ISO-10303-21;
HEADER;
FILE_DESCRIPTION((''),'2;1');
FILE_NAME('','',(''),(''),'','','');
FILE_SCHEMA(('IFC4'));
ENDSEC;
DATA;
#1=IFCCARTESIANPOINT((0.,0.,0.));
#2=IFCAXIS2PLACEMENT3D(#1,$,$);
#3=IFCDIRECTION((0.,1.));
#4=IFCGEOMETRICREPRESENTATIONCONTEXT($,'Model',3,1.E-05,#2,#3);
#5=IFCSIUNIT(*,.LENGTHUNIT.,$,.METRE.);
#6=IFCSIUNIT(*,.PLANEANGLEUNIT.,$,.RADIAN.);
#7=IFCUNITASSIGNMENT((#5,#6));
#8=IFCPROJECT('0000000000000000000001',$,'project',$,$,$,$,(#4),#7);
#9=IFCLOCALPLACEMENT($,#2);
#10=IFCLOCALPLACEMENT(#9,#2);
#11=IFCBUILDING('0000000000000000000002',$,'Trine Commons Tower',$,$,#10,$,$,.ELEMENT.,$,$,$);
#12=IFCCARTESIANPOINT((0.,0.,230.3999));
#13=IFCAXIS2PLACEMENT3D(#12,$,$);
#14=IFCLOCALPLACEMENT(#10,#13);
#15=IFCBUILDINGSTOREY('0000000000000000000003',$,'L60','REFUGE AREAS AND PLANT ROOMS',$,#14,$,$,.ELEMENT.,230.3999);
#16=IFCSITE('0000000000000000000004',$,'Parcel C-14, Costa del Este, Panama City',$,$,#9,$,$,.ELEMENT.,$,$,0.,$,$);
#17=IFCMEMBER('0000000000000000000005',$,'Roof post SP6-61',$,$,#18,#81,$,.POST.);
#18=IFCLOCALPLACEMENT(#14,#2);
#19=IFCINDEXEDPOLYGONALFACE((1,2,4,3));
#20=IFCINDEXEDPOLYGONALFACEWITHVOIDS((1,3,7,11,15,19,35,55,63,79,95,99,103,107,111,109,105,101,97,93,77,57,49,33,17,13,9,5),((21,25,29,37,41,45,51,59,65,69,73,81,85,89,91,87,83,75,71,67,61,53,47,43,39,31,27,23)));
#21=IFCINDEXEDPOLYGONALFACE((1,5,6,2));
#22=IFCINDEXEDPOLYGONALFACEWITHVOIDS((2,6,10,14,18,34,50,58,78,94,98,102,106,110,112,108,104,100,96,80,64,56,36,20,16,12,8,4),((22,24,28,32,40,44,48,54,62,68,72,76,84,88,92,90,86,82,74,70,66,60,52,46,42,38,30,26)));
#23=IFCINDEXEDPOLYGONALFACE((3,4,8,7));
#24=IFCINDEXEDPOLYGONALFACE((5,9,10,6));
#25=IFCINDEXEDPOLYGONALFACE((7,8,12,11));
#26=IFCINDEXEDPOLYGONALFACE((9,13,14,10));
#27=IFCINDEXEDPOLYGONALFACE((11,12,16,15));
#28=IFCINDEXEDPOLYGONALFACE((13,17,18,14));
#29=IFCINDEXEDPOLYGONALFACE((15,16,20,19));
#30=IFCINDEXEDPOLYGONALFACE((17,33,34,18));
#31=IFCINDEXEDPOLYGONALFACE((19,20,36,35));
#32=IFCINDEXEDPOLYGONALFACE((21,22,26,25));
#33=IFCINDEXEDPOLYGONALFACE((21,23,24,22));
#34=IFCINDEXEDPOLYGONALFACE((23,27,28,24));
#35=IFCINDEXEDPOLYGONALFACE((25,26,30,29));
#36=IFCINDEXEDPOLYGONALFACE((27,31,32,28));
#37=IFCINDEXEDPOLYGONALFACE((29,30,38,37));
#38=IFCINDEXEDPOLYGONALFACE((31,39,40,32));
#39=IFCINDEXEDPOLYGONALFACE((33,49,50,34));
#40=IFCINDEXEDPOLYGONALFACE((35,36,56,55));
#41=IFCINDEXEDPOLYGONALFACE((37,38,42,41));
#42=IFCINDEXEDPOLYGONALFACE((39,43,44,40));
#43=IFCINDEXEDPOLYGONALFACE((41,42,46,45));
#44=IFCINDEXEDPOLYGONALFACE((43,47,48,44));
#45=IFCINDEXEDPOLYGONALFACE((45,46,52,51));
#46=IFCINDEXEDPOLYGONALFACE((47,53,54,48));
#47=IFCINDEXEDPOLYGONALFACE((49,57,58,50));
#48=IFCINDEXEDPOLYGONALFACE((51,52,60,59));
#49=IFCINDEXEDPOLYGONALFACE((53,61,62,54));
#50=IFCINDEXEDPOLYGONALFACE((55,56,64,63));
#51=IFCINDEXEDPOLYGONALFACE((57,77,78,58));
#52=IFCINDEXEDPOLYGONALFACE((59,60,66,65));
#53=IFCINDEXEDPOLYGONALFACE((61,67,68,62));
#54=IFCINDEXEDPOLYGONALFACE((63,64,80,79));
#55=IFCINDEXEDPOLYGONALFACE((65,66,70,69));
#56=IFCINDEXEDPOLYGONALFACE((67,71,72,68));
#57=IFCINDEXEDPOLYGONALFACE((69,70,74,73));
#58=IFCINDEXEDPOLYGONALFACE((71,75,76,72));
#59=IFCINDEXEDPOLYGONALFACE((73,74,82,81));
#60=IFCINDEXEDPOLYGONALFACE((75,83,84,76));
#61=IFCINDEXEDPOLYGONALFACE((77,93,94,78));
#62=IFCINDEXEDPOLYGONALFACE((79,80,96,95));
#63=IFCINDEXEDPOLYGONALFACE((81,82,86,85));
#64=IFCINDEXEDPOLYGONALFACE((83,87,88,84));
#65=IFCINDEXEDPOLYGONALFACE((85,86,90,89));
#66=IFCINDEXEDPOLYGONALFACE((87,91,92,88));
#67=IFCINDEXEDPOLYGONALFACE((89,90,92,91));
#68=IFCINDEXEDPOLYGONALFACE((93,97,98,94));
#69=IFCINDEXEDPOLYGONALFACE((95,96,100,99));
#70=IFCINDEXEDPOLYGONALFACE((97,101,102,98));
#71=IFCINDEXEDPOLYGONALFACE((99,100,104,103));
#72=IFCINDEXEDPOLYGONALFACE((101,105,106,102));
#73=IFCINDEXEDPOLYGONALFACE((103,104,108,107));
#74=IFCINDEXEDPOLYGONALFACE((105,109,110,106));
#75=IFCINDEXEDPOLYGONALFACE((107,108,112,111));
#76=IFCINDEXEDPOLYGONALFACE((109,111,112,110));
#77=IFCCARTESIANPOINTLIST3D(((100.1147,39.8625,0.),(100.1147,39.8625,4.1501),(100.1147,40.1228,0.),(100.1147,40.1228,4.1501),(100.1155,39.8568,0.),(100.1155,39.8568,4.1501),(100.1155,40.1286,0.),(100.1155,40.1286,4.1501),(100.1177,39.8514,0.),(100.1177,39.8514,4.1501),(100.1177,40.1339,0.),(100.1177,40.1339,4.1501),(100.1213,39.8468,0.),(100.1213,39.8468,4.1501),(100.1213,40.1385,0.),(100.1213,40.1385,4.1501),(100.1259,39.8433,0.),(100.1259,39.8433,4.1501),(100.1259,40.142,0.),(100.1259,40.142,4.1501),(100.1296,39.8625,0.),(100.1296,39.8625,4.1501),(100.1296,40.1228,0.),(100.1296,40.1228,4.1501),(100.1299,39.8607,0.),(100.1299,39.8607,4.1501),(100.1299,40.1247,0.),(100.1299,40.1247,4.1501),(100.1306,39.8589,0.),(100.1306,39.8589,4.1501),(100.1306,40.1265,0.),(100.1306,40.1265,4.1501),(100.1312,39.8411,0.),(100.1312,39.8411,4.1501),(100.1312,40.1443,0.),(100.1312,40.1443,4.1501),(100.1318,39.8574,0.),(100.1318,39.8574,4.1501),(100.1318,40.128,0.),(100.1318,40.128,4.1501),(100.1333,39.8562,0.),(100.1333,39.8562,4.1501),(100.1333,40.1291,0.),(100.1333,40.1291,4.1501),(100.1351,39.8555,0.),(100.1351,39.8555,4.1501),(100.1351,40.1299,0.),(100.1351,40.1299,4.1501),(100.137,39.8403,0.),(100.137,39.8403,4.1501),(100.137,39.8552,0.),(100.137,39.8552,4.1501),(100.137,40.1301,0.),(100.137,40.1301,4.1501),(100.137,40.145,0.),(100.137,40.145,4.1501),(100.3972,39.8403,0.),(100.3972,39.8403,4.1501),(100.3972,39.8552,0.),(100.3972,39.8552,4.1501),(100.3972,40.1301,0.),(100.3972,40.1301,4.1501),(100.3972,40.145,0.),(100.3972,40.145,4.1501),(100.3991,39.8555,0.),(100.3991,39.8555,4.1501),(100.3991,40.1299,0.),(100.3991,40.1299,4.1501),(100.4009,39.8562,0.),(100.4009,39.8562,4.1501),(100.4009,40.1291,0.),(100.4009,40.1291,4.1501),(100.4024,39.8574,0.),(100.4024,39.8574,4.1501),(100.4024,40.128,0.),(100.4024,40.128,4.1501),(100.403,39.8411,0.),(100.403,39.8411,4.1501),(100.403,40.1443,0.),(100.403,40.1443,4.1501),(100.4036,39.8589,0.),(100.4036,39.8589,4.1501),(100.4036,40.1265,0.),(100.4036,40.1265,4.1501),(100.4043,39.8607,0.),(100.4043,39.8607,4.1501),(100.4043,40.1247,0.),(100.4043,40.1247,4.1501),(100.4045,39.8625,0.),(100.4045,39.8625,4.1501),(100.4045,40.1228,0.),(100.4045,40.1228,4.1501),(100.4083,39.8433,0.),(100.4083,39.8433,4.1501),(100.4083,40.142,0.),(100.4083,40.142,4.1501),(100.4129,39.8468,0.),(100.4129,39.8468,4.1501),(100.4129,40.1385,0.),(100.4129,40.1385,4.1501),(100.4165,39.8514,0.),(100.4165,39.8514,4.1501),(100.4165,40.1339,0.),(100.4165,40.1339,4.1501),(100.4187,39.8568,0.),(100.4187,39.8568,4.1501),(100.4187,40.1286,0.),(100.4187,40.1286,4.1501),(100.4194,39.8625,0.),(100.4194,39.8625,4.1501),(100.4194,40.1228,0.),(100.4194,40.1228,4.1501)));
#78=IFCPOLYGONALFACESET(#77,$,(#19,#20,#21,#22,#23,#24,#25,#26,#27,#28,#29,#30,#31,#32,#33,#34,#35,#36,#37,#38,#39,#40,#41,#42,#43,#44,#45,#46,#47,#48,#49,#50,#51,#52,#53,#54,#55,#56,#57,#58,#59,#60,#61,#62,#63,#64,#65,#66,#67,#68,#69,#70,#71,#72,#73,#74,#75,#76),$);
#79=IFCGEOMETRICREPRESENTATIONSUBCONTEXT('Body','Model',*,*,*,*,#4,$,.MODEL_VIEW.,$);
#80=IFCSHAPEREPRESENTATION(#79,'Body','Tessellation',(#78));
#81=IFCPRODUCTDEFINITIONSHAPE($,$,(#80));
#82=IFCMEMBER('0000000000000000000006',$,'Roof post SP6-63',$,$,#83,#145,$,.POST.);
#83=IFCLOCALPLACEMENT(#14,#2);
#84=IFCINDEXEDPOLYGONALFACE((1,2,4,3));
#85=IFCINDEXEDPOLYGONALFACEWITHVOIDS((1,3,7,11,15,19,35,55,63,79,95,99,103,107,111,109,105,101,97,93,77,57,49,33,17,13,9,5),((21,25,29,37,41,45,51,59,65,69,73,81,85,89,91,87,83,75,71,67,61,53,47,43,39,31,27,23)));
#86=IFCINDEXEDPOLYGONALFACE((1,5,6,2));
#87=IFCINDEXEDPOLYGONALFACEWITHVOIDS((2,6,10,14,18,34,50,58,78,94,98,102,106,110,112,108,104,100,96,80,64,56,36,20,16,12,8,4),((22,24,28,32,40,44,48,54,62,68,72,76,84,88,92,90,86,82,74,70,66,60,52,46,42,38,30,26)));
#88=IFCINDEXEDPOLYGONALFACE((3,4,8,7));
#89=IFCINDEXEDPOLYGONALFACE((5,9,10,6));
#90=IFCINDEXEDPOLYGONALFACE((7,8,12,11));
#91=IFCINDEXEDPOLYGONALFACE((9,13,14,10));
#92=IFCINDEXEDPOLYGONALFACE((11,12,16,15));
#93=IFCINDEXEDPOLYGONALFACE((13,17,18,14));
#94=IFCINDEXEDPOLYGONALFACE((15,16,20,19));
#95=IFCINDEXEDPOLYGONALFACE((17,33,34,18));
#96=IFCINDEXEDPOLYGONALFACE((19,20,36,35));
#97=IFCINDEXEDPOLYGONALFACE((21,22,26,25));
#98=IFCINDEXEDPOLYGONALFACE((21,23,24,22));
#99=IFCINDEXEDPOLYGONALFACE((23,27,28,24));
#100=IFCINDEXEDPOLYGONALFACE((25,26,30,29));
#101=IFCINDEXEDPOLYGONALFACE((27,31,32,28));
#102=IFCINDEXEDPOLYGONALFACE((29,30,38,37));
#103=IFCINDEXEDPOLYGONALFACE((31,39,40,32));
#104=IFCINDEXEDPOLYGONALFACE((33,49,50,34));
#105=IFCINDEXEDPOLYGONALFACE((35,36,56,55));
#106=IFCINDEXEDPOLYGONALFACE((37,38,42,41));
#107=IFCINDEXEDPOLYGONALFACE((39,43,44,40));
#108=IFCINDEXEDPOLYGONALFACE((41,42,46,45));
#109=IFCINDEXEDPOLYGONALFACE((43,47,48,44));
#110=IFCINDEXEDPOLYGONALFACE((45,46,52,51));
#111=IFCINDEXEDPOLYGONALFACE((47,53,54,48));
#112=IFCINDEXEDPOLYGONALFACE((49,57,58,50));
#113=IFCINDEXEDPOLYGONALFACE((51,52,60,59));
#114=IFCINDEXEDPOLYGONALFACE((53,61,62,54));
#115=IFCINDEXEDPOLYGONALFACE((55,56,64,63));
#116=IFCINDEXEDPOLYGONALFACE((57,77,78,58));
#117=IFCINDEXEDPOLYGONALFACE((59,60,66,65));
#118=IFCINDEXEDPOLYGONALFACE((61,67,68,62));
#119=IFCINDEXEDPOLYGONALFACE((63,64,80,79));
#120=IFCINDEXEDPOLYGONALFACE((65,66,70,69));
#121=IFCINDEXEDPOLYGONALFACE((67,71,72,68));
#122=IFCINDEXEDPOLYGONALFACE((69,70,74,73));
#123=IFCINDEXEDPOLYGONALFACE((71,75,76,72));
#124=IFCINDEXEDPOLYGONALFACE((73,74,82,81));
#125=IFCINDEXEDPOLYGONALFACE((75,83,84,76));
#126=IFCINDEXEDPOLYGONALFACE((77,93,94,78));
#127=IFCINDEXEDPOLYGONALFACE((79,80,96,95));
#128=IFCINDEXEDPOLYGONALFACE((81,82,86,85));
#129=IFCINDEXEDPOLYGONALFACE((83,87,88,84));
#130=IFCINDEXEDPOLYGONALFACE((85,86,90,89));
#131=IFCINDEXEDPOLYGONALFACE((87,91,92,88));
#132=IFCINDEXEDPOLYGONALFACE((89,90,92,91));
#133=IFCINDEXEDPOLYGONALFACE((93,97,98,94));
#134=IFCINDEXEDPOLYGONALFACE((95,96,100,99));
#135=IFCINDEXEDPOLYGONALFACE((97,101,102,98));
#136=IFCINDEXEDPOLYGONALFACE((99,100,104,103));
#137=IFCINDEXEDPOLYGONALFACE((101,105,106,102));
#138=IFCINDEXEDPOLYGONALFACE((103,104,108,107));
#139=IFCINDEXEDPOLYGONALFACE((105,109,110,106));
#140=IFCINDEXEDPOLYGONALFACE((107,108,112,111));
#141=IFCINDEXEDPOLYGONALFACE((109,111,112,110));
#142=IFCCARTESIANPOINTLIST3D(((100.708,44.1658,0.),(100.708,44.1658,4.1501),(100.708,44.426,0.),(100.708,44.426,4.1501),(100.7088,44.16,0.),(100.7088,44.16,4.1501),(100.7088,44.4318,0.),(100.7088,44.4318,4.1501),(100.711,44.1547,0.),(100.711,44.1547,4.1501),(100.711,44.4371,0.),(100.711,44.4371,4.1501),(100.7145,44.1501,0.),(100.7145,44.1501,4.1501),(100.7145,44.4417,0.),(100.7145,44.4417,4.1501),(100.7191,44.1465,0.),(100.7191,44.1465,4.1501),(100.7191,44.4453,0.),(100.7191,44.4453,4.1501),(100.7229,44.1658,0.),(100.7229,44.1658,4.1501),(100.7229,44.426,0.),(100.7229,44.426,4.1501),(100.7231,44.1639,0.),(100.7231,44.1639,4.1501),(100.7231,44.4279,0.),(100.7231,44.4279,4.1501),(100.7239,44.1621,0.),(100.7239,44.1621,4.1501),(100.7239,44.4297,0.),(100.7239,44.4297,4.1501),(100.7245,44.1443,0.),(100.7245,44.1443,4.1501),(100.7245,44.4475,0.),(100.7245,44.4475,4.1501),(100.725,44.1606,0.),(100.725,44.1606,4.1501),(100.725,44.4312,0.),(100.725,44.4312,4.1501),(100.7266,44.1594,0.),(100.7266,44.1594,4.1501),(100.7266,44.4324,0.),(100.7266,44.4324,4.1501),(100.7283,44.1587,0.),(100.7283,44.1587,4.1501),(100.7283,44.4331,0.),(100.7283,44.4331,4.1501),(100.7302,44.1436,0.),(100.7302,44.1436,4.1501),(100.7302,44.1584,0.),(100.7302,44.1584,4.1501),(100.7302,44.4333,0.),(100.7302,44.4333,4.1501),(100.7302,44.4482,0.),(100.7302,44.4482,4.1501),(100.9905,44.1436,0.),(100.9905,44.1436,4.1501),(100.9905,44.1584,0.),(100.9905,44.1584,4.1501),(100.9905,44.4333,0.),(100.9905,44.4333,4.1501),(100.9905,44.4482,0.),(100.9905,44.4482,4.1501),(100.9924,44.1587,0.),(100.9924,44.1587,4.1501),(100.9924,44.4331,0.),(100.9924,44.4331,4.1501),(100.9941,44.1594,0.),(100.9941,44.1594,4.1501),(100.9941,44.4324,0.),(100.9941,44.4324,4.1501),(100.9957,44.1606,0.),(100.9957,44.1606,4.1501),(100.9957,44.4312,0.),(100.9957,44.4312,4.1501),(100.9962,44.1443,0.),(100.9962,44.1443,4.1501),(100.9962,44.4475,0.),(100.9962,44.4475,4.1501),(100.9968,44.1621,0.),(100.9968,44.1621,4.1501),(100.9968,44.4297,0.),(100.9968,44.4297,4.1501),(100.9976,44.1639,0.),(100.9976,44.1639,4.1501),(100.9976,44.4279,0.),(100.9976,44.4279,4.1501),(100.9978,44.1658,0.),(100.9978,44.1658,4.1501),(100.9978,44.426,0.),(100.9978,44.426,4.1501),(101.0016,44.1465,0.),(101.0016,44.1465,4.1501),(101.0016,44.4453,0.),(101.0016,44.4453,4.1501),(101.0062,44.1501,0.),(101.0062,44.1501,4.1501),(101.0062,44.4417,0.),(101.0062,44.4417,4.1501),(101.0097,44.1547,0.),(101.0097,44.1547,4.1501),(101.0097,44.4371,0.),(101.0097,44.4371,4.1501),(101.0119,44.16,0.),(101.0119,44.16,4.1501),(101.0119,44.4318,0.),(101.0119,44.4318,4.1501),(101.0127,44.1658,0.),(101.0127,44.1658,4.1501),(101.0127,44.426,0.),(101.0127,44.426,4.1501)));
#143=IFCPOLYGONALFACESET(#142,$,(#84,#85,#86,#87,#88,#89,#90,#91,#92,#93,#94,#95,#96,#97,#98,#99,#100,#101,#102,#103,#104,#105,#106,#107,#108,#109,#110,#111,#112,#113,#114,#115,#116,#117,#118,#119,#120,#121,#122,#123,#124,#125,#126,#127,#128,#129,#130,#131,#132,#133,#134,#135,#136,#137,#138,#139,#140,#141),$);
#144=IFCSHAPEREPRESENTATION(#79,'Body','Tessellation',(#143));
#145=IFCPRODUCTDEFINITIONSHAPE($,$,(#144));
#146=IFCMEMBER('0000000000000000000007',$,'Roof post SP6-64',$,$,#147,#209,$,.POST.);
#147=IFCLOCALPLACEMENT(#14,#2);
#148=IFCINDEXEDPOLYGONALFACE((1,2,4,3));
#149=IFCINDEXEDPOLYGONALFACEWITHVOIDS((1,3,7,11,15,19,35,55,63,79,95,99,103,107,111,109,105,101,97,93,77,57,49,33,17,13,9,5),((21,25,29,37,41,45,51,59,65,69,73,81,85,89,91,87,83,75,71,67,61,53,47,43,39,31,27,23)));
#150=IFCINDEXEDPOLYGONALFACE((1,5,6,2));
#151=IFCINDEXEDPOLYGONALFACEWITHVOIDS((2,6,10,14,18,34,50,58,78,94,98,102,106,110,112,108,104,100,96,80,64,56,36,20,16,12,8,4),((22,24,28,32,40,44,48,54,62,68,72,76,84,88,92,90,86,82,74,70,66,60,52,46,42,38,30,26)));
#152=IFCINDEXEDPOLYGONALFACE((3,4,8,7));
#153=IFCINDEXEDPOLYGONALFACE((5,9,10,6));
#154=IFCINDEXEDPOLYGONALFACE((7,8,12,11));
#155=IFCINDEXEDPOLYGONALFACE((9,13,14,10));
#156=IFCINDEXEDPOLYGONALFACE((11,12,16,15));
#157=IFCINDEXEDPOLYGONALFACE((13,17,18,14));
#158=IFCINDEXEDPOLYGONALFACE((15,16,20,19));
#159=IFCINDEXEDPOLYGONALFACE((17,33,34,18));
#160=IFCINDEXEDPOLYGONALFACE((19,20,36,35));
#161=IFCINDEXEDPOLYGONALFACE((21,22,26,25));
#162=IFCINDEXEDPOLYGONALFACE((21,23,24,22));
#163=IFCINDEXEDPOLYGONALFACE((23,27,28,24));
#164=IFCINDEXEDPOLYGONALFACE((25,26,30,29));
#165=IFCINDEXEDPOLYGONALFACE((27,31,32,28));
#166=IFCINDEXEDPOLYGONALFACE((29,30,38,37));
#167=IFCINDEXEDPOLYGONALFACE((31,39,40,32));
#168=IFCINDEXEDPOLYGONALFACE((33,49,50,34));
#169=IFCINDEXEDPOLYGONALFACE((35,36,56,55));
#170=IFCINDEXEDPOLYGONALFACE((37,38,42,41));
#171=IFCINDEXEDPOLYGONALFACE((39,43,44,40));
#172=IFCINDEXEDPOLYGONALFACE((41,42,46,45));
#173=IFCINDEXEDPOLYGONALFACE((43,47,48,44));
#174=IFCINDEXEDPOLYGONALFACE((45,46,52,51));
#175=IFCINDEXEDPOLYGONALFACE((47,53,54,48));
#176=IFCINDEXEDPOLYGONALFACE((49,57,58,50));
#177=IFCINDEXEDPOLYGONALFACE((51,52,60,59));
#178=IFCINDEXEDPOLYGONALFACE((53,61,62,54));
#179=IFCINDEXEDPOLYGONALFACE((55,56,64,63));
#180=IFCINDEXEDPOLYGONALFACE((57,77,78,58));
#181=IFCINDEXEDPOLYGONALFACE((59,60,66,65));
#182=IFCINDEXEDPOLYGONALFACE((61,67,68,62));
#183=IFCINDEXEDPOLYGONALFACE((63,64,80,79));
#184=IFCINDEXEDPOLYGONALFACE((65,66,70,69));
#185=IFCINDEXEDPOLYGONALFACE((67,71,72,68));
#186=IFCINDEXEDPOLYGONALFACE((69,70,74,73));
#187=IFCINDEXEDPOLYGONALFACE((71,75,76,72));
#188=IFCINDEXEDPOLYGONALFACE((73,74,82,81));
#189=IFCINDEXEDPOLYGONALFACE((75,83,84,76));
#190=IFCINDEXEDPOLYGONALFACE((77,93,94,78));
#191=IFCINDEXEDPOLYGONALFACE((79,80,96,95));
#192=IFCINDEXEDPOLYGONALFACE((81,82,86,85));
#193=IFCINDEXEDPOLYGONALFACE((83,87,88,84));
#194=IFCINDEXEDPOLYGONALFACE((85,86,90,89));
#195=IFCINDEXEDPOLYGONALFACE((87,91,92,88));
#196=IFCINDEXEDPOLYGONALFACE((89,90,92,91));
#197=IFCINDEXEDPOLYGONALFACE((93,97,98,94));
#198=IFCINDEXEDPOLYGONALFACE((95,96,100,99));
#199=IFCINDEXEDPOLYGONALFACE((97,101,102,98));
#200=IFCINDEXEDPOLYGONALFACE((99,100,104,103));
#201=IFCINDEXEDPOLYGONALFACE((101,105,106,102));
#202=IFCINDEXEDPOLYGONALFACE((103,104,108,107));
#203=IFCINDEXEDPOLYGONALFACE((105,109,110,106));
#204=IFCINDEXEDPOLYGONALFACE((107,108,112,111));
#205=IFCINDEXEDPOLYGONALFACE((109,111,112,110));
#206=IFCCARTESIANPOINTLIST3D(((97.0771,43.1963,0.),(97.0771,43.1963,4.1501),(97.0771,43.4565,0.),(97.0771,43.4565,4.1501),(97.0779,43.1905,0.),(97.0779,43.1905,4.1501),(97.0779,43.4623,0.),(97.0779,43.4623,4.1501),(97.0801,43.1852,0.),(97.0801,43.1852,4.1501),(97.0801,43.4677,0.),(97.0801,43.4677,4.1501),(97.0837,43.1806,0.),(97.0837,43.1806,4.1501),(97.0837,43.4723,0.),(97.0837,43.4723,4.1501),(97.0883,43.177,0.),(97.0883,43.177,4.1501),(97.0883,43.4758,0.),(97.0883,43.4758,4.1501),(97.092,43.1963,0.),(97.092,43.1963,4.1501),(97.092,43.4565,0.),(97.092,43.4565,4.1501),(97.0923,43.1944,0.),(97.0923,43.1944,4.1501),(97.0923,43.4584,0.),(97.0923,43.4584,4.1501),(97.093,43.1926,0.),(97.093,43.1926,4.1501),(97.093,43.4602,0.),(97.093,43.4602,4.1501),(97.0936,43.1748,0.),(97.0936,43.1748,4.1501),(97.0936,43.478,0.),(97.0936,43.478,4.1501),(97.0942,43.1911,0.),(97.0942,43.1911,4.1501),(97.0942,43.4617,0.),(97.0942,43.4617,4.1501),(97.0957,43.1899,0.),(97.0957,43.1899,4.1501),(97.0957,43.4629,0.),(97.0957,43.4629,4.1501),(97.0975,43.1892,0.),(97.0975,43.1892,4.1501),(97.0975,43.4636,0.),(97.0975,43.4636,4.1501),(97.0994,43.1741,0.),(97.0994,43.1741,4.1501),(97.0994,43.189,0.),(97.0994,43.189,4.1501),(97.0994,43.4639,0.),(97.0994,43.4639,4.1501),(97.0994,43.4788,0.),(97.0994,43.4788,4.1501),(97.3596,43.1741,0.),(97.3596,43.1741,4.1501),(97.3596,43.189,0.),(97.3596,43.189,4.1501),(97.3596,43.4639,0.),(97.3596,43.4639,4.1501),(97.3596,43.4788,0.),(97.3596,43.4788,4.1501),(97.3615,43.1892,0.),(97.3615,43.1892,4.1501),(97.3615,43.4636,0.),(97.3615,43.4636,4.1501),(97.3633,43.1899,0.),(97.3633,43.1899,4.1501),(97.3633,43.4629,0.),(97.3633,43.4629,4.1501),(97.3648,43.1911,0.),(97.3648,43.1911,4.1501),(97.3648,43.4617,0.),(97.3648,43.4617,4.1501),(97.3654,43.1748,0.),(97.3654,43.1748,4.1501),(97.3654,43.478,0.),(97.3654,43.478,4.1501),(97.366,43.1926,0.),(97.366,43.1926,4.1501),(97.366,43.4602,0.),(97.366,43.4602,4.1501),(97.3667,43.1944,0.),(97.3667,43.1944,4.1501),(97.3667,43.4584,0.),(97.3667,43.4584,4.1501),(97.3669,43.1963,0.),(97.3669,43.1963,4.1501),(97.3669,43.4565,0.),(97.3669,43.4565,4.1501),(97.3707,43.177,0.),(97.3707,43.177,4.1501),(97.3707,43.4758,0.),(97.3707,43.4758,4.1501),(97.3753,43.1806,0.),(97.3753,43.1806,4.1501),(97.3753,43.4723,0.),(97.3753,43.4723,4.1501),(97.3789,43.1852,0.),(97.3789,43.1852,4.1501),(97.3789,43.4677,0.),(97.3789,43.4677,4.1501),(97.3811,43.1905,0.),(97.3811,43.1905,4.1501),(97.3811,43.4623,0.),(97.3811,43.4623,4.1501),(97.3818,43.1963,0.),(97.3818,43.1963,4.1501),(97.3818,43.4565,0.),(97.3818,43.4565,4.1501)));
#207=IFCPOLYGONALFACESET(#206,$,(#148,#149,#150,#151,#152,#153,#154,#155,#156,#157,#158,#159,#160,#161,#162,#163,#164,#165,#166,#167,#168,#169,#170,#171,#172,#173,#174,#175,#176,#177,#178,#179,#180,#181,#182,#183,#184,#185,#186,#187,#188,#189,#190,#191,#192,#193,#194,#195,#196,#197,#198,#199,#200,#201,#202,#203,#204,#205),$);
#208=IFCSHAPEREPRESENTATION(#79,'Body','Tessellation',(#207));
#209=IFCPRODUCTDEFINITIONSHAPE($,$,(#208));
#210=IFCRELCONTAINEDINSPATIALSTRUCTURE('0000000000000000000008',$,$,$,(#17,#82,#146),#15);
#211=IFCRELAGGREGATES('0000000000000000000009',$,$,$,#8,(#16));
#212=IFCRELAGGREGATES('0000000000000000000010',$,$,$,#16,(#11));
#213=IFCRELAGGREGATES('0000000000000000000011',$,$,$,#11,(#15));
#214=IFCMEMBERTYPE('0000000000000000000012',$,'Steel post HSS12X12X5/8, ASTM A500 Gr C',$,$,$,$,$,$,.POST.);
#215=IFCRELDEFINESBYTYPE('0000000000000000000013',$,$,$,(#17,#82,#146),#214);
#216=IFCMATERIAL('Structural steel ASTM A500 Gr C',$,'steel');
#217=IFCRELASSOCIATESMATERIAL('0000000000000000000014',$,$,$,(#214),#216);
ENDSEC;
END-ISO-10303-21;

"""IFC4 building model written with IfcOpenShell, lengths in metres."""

from ifc_helpers import new_model, si_unit, direction, frame, origin, origin_2d, place, context, subcontext, project, spatial, hollow_rectangle, extrude, material, material_profile, profile_set, type_object, element, save


model = new_model("IFC4")

# Units and contexts
model_context = context("Model", 3, precision=1e-05, world=origin(), true_north=direction((0.0, 1.0)))
body_context = subcontext(model_context, "Body", "Model", "MODEL_VIEW")
ifc_project = project(units=[si_unit("LENGTHUNIT", "METRE"), si_unit("PLANEANGLEUNIT", "RADIAN")], contexts=[model_context])

# Site, building, storey
site_placement = place(None, origin())
site = spatial("IfcSite", under=ifc_project, at=site_placement, Name="Parcel C-14, Costa del Este, Panama City", CompositionType="ELEMENT", RefElevation=0.0)
building_placement = place(site_placement, origin())
building = spatial("IfcBuilding", under=site, at=building_placement, Name="Trine Commons Tower", CompositionType="ELEMENT")
storey_placement = place(building_placement, frame((0.0, 0.0, 230.3999)))
storey = spatial("IfcBuildingStorey", under=building, at=storey_placement, Name="L60", Description="REFUGE AREAS AND PLANT ROOMS", CompositionType="ELEMENT", Elevation=230.3999)

# Members
ifc_material_1 = material(Name="Structural steel ASTM A500 Gr C", Category="steel")
ifc_material_profile_1 = material_profile(ifc_material_1, hollow_rectangle(XDim=0.3047, YDim=0.3047, WallThickness=0.0149, InnerFilletRadius=0.0073, OuterFilletRadius=0.0222, at=origin_2d()), Name="HSS12X12X5/8")
ifc_profile_set_1 = profile_set([ifc_material_profile_1], Name="Structural steel ASTM A500 Gr C")
member_type_1 = type_object("IfcMemberType", Name="Steel post HSS12X12X5/8, ASTM A500 Gr C", PredefinedType="POST", material=ifc_profile_set_1)
for number, where, z_axis, x_axis, name in (
    (1, (100.2671, 39.9927, 0.0), (0.0, 0.0, 1.0), (1.0, 0.0, 0.0), "Roof post SP6-61"),
    (2, (100.8604, 44.2959, 0.0), (0.0, 0.0, 1.0), (1.0, 0.0, 0.0), "Roof post SP6-63"),
    (3, (97.2295, 43.3264, 0.0), (0.0, 0.0, 1.0), (1.0, 0.0, 0.0), "Roof post SP6-64"),
):
    element("IfcMember", number, at=place(storey_placement, frame(where, z_axis=z_axis, x_axis=x_axis)), inside=storey, type_object=member_type_1, Name=name, PredefinedType="POST", context=body_context, shape_type="SweptSolid", body=[
        extrude(hollow_rectangle(XDim=0.3047, YDim=0.3047, WallThickness=0.0149, InnerFilletRadius=0.0073, OuterFilletRadius=0.0222, at=origin_2d()), origin(), (0.0, 0.0, 1.0), 4.1501),
    ])

save(model, "model.ifc")
